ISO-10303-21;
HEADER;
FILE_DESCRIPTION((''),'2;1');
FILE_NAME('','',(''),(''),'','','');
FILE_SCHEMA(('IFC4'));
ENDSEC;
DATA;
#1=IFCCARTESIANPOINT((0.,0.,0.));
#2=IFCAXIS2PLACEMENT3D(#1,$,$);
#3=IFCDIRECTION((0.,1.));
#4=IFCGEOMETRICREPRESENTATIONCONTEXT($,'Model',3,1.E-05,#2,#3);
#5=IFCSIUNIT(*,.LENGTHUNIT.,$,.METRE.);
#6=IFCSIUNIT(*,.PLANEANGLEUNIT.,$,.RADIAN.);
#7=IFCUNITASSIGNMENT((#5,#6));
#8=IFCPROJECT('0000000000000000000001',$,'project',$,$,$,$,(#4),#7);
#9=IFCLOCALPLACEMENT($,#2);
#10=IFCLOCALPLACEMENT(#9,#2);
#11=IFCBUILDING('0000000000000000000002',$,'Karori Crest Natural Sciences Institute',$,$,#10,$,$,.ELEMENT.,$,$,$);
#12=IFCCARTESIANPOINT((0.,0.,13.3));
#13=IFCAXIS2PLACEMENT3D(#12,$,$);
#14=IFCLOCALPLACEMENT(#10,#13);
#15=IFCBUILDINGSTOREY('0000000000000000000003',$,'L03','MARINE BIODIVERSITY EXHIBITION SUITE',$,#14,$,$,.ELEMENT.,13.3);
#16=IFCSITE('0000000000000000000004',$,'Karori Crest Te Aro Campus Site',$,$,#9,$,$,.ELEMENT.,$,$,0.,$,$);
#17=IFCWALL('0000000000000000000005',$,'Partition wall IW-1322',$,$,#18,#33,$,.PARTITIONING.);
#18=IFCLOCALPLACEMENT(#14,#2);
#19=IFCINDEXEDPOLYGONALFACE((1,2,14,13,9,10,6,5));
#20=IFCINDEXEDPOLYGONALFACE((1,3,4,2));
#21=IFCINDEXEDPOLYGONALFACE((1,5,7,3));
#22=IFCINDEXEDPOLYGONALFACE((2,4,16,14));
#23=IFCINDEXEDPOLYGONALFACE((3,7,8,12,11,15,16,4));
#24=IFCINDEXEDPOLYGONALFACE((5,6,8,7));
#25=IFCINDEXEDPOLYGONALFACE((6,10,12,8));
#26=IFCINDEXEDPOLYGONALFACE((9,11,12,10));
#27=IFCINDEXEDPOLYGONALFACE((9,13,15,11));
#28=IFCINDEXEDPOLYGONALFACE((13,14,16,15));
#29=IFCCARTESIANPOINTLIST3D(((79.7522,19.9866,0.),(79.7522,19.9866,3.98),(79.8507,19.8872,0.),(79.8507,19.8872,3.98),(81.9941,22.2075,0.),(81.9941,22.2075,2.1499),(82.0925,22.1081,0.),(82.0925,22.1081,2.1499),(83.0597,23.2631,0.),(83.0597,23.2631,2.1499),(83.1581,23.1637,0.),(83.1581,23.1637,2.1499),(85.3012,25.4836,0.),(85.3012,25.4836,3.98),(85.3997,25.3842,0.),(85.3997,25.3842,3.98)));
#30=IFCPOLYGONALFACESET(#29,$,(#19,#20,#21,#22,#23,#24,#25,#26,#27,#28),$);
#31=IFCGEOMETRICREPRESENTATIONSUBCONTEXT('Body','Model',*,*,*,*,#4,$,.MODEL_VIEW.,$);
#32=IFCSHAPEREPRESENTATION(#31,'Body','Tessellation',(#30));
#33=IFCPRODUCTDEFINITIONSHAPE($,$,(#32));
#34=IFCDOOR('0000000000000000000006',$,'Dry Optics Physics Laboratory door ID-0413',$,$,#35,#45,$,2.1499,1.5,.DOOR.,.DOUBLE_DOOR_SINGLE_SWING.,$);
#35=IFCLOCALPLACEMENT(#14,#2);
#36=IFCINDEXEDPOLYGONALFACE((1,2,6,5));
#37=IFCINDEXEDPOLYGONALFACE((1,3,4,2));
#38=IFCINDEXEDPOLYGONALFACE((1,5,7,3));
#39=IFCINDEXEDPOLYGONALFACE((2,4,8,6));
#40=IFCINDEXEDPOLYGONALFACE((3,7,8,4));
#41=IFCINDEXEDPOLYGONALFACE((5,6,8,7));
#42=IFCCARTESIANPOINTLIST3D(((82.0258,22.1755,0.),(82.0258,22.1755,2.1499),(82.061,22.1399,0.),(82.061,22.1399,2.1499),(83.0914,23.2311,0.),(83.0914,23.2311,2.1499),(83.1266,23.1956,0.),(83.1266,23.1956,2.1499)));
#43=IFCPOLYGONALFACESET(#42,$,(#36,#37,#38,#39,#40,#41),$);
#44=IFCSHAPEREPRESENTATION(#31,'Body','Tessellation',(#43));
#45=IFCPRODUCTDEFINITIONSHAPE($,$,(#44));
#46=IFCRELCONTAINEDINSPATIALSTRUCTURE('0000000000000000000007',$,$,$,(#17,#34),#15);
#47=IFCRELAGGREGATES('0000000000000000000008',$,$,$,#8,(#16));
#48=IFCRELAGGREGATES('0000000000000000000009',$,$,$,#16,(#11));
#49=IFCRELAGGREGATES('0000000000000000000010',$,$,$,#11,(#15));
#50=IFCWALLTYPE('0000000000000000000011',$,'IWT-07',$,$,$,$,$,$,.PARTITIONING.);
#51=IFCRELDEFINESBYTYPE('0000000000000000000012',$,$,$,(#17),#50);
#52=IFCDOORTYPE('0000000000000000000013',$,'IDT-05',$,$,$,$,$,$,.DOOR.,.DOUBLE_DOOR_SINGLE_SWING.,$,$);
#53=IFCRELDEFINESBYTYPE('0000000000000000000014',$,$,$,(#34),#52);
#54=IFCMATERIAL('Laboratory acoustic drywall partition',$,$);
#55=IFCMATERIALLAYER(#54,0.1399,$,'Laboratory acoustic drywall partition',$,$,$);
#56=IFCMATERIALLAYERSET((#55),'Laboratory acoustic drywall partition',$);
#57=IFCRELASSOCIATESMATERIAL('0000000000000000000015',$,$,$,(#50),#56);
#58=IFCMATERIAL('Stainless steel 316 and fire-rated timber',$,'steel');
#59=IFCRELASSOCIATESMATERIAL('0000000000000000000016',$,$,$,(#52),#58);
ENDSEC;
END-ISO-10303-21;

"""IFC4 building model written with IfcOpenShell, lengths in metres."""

from ifc_helpers import new_model, si_unit, direction, frame, frame_2d, origin, place, context, subcontext, project, spatial, rectangle, extrude, material, layer, layer_set, type_object, element, fill, save


model = new_model("IFC4")

# Units and contexts
model_context = context("Model", 3, precision=1e-05, world=origin(), true_north=direction((0.0, 1.0)))
body_context = subcontext(model_context, "Body", "Model", "MODEL_VIEW")
ifc_project = project(units=[si_unit("LENGTHUNIT", "METRE"), si_unit("PLANEANGLEUNIT", "RADIAN")], contexts=[model_context])

# Site, building, storey
site_placement = place(None, origin())
site = spatial("IfcSite", under=ifc_project, at=site_placement, Name="Karori Crest Te Aro Campus Site", CompositionType="ELEMENT", RefElevation=0.0)
building_placement = place(site_placement, origin())
building = spatial("IfcBuilding", under=site, at=building_placement, Name="Karori Crest Natural Sciences Institute", CompositionType="ELEMENT")
storey_placement = place(building_placement, frame((0.0, 0.0, 13.3)))
storey = spatial("IfcBuildingStorey", under=building, at=storey_placement, Name="L03", Description="MARINE BIODIVERSITY EXHIBITION SUITE", CompositionType="ELEMENT", Elevation=13.3)

# Shared definitions
ifc_material_1 = material(Name="Laboratory acoustic drywall partition")
ifc_layer_1 = layer(ifc_material_1, 0.1399, Name="Laboratory acoustic drywall partition")
ifc_layer_set_1 = layer_set([ifc_layer_1], Name="Laboratory acoustic drywall partition")
wall_type = type_object("IfcWallType", Name="IWT-07", PredefinedType="PARTITIONING", material=ifc_layer_set_1)

# Wall, opening, door
wall_1_placement = place(storey_placement, frame((79.8015, 19.937, 0.0), z_axis=(0.0, 0.0, 1.0), x_axis=(0.710428, 0.70377, 0.0)))
wall_1 = element("IfcWall", 1, at=wall_1_placement, inside=storey, type_object=wall_type, Name="Partition wall IW-1322", PredefinedType="PARTITIONING", context=body_context, shape_type="SweptSolid", body=[
    extrude(rectangle(XDim=7.8108, YDim=0.1399, at=frame_2d((3.9053, 0.0))), origin(), (0.0, 0.0, 1.0), 3.98),
])
opening_placement = place(wall_1_placement, frame((3.1555, 0.0, 0.0)))
opening = element("IfcOpeningElement", 2, at=opening_placement, cuts=wall_1, PredefinedType="OPENING", context=body_context, shape_type="SweptSolid", body=[
    extrude(rectangle(XDim=1.5, YDim=2.1499, at=frame_2d((0.75, 1.075))), frame((0.0, 0.0801, 0.0), z_axis=(0.0, -1.0, 0.0), x_axis=(1.0, 0.0, 0.0)), (0.0, 0.0, 1.0), 0.1599),
])
ifc_material_2 = material(Name="Stainless steel 316 and fire-rated timber", Category="steel")
door_type = type_object("IfcDoorType", Name="IDT-05", OperationType="DOUBLE_DOOR_SINGLE_SWING", PredefinedType="DOOR", material=ifc_material_2)
door_placement = place(opening_placement, origin())
door = element("IfcDoor", 3, at=door_placement, inside=storey, type_object=door_type, Name="Dry Optics Physics Laboratory door ID-0413", OperationType="DOUBLE_DOOR_SINGLE_SWING", OverallHeight=2.1499, OverallWidth=1.5, PredefinedType="DOOR", context=body_context, shape_type="SweptSolid", body=[
    extrude(rectangle(XDim=1.5, YDim=2.1499, at=frame_2d((0.75, 1.075))), frame((0.0, 0.0249, 0.0), z_axis=(0.0, -1.0, 0.0), x_axis=(1.0, 0.0, 0.0)), (0.0, 0.0, 1.0), 0.05),
])
fill(opening, door)

save(model, "model.ifc")
